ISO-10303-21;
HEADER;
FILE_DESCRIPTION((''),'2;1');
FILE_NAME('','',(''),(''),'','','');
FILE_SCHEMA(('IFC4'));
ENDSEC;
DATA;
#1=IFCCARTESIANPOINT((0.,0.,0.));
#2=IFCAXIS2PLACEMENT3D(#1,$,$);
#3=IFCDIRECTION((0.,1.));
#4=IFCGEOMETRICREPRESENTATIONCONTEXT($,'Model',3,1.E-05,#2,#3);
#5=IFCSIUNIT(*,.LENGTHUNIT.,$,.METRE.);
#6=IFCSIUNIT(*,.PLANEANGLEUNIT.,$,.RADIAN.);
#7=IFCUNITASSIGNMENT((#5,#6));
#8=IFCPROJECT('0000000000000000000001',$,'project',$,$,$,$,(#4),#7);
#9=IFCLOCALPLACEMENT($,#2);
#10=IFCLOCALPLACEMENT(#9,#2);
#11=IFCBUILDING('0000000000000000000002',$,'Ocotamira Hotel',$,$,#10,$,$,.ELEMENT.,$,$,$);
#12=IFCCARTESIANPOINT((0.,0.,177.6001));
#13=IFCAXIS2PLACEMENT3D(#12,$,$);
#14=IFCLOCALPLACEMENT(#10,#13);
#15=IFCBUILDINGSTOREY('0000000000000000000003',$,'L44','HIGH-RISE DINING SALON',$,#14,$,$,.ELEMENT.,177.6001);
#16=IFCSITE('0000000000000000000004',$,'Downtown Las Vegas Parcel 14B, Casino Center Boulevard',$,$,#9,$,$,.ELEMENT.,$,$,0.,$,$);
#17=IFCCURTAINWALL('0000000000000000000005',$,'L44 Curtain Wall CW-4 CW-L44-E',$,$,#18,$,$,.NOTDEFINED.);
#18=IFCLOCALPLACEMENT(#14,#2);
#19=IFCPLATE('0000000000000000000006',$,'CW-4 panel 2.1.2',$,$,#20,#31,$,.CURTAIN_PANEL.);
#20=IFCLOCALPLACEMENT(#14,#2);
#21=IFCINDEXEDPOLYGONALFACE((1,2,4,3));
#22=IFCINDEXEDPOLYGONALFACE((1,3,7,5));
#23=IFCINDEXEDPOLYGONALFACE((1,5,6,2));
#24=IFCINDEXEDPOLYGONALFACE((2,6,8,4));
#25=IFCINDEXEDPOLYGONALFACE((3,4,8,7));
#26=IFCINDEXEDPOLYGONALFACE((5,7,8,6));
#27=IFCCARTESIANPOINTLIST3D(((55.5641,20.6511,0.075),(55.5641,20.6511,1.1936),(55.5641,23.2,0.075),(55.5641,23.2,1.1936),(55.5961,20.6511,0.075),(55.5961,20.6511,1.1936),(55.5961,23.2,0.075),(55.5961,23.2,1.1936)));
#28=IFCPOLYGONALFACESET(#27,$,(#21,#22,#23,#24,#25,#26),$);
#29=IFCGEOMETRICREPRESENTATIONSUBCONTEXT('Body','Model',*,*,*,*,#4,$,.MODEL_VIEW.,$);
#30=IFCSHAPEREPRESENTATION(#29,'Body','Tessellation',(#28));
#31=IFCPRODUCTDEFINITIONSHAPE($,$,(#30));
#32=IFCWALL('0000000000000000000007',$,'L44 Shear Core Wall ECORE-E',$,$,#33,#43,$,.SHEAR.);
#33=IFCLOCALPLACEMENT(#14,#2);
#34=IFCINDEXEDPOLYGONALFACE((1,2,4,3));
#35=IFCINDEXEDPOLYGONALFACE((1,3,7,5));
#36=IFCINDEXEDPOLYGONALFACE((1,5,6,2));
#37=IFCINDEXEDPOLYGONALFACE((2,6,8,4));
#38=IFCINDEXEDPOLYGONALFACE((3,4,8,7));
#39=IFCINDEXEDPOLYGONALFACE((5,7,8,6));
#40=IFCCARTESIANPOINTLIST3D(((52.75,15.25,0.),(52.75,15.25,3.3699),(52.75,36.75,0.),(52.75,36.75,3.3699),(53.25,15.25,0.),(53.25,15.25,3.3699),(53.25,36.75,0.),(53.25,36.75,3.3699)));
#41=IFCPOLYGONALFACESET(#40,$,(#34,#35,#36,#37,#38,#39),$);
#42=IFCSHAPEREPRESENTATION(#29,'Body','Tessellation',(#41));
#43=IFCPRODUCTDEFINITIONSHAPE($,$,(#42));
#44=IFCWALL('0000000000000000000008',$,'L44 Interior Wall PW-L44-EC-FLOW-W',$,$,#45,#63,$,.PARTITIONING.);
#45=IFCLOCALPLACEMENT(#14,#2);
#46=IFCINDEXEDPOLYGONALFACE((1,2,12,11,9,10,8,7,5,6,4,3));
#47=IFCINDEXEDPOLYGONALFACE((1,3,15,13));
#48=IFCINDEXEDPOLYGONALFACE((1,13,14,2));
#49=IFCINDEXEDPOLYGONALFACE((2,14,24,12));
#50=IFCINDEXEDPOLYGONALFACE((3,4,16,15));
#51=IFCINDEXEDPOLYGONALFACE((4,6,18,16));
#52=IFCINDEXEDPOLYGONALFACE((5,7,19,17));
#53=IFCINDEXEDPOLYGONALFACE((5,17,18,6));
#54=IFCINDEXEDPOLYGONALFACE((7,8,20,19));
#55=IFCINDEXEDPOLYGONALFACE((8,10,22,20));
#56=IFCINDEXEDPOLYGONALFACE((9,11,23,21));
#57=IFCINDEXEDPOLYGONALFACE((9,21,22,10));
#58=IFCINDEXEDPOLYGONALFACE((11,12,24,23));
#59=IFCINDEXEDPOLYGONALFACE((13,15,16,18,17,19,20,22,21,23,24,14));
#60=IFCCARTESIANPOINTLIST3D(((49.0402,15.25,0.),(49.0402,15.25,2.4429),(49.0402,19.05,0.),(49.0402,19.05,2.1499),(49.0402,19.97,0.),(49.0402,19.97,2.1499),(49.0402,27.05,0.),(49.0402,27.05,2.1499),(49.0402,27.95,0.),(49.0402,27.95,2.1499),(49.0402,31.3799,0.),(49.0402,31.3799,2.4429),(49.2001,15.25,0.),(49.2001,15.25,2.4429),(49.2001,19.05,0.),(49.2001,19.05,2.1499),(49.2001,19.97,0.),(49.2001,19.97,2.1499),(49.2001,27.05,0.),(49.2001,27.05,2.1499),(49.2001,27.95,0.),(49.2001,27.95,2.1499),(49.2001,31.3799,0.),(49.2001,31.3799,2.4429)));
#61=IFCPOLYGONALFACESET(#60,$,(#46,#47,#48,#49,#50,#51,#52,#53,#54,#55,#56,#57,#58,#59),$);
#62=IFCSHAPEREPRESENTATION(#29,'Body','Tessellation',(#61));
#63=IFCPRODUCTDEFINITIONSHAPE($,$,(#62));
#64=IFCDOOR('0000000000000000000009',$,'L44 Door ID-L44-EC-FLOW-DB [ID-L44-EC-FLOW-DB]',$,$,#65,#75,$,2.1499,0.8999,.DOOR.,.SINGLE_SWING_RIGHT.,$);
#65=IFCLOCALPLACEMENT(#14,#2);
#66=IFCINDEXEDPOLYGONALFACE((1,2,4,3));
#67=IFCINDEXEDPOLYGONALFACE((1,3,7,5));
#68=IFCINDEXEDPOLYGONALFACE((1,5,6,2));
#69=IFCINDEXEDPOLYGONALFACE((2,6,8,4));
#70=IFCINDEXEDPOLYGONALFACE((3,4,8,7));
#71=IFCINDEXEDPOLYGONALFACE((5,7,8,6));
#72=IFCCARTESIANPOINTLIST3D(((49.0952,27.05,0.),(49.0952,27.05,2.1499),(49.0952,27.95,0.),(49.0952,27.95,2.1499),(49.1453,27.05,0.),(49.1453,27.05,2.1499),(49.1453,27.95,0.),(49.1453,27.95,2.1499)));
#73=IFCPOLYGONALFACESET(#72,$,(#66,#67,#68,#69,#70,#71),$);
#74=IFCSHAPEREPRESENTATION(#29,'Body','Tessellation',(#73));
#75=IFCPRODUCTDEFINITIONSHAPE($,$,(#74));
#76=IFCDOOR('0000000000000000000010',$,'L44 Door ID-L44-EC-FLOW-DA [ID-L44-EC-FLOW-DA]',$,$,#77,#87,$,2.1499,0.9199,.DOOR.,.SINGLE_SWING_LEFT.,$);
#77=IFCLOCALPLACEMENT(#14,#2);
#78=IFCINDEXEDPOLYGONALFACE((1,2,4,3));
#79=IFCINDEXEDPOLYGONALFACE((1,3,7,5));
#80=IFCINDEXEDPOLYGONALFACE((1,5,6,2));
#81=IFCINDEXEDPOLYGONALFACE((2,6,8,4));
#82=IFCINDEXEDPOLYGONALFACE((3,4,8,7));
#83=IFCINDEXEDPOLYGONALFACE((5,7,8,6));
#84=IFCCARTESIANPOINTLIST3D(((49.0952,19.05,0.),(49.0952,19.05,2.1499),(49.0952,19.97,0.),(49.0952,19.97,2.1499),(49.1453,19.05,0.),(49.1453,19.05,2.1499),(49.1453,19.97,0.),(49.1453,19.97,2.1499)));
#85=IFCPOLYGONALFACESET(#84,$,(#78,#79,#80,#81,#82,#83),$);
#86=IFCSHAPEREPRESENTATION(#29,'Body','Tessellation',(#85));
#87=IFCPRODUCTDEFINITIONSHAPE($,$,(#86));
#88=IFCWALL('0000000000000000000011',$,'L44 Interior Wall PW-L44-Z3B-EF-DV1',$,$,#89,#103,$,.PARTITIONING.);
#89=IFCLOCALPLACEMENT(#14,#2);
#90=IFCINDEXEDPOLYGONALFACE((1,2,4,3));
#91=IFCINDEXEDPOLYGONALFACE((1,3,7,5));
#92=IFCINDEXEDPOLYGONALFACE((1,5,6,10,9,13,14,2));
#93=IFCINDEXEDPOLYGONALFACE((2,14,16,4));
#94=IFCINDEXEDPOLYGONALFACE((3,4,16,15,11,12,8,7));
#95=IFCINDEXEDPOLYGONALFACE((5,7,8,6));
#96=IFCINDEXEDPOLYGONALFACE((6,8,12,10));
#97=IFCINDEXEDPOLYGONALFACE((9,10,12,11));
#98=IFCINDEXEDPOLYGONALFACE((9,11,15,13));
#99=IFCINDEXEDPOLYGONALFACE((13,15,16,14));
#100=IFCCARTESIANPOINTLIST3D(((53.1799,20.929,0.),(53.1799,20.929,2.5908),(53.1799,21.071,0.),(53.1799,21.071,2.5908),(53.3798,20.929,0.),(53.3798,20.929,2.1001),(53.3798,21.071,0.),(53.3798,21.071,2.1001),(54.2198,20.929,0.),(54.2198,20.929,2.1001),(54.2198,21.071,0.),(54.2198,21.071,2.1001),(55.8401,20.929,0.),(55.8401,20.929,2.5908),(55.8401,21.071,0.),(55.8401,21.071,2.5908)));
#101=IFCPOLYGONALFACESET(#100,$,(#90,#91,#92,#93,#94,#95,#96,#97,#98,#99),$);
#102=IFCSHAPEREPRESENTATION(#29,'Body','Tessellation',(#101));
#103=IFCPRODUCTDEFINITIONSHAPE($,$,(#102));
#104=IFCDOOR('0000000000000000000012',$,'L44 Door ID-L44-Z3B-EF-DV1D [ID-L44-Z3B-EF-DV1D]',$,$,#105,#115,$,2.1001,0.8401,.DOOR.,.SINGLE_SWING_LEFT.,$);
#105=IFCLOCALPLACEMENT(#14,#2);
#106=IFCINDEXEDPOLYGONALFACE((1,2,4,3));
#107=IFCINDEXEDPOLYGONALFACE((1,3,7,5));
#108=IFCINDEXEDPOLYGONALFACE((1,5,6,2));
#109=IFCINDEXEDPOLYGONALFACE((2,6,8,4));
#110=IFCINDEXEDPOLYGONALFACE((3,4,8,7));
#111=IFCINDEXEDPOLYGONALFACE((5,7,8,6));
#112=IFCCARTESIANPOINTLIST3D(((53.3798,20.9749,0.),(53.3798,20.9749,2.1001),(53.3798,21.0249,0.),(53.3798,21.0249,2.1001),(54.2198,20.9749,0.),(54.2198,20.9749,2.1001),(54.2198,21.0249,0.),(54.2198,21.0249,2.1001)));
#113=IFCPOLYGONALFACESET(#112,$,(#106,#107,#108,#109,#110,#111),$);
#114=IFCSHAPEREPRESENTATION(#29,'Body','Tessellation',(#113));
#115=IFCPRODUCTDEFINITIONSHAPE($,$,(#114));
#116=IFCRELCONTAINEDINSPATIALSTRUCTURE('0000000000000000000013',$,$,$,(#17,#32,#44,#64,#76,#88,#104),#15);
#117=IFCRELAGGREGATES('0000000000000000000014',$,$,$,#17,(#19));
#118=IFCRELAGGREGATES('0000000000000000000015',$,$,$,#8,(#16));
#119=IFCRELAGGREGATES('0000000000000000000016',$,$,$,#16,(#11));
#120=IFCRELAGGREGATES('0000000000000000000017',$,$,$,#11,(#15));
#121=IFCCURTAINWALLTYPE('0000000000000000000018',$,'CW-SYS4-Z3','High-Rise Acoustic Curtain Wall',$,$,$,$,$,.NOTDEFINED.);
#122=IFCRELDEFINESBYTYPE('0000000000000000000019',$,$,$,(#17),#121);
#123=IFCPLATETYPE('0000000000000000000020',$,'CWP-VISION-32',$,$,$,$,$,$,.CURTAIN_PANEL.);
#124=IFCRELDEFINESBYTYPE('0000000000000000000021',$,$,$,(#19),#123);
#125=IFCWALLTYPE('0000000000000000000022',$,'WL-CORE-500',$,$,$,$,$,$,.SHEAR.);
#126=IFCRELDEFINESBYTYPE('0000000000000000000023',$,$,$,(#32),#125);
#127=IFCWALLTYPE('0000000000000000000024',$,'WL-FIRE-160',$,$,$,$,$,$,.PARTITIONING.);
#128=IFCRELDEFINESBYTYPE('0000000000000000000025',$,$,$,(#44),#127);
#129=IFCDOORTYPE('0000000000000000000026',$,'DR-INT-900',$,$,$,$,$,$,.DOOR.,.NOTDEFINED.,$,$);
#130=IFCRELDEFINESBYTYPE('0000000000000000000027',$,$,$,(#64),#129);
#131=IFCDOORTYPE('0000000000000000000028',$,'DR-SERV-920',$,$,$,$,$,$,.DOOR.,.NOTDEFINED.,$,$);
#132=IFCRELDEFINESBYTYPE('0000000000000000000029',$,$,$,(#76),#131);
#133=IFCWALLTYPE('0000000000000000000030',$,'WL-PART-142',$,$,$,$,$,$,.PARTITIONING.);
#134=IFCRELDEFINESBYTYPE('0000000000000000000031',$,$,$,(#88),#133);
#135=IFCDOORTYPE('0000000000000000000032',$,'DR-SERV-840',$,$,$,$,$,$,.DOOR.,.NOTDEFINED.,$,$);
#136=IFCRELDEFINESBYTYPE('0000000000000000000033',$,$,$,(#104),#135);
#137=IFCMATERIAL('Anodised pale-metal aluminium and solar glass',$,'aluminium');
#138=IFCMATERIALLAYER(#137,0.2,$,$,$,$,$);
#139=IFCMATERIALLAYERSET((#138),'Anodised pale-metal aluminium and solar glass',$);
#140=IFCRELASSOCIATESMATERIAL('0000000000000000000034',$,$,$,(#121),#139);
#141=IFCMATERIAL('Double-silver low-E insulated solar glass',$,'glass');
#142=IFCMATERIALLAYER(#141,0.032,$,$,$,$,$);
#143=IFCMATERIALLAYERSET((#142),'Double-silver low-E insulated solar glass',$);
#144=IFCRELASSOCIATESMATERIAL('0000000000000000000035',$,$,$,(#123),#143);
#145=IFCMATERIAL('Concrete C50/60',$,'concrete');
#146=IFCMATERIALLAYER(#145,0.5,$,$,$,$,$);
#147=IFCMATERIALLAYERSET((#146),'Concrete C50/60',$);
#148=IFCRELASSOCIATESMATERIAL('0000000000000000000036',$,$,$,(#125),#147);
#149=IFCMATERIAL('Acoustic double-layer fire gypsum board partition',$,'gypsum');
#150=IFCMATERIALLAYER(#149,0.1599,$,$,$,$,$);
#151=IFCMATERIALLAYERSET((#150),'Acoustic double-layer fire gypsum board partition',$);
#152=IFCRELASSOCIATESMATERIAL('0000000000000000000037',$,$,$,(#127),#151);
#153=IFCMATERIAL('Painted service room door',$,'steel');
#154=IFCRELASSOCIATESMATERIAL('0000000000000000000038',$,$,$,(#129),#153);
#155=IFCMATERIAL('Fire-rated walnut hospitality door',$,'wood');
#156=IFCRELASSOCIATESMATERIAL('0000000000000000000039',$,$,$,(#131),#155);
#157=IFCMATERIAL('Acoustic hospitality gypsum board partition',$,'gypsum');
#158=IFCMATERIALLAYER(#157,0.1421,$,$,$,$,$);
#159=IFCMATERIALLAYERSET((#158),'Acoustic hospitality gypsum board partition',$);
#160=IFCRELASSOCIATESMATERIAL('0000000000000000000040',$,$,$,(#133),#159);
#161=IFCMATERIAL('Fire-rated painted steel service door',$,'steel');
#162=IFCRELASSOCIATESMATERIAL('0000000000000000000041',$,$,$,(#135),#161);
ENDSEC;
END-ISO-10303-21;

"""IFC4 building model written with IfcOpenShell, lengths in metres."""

from ifc_helpers import new_model, si_unit, direction, frame, frame_2d, origin, origin_2d, place, context, subcontext, project, spatial, rectangle, extrude, source, transform, mapped, material, layer, layer_set, type_object, element, fill, aggregate, save


model = new_model("IFC4")

# Units and contexts
model_context = context("Model", 3, precision=1e-05, world=origin(), true_north=direction((0.0, 1.0)))
body_context = subcontext(model_context, "Body", "Model", "MODEL_VIEW")
ifc_project = project(units=[si_unit("LENGTHUNIT", "METRE"), si_unit("PLANEANGLEUNIT", "RADIAN")], contexts=[model_context])

# Site, building, storey
site_placement = place(None, origin())
site = spatial("IfcSite", under=ifc_project, at=site_placement, Name="Downtown Las Vegas Parcel 14B, Casino Center Boulevard", CompositionType="ELEMENT", RefElevation=0.0)
building_placement = place(site_placement, origin())
building = spatial("IfcBuilding", under=site, at=building_placement, Name="Ocotamira Hotel", CompositionType="ELEMENT")
storey_placement = place(building_placement, frame((0.0, 0.0, 177.6001)))
storey = spatial("IfcBuildingStorey", under=building, at=storey_placement, Name="L44", Description="HIGH-RISE DINING SALON", CompositionType="ELEMENT", Elevation=177.6001)

# Curtain wall, plate
ifc_material_1 = material(Name="Anodised pale-metal aluminium and solar glass", Category="aluminium")
ifc_layer_1 = layer(ifc_material_1, 0.2)
ifc_layer_set_1 = layer_set([ifc_layer_1], Name="Anodised pale-metal aluminium and solar glass")
curtain_wall_type = type_object("IfcCurtainWallType", Name="CW-SYS4-Z3", Description="High-Rise Acoustic Curtain Wall", PredefinedType="NOTDEFINED", material=ifc_layer_set_1)
curtain_wall_placement = place(storey_placement, origin())
curtain_wall = element("IfcCurtainWall", 1, at=curtain_wall_placement, inside=storey, type_object=curtain_wall_type, Name="L44 Curtain Wall CW-4 CW-L44-E", PredefinedType="NOTDEFINED")
ifc_material_2 = material(Name="Double-silver low-E insulated solar glass", Category="glass")
ifc_layer_2 = layer(ifc_material_2, 0.032)
ifc_layer_set_2 = layer_set([ifc_layer_2], Name="Double-silver low-E insulated solar glass")
plate_type = type_object("IfcPlateType", Name="CWP-VISION-32", PredefinedType="CURTAIN_PANEL", material=ifc_layer_set_2)
shared_shape_1 = source(origin(), body_context, "Body", "SweptSolid", [
    extrude(rectangle(XDim=2.5488, YDim=0.032, at=origin_2d()), origin(), (0.0, 0.0, 1.0), 1.1187),
])
plate_1_placement = place(storey_placement, frame((55.5801, 21.9255, 0.075), z_axis=(0.0, 0.0, 1.0), x_axis=(0.0, 1.0, 0.0)))
plate_1 = element("IfcPlate", 2, at=plate_1_placement, type_object=plate_type, Name="CW-4 panel 2.1.2", PredefinedType="CURTAIN_PANEL", context=body_context, shape_type="MappedRepresentation", body=[
    mapped(shared_shape_1, transform((0.0, 0.0, 0.0), scale=1.0)),
])
aggregate(curtain_wall, [plate_1])

# Wall
ifc_material_3 = material(Name="Concrete C50/60", Category="concrete")
ifc_layer_3 = layer(ifc_material_3, 0.5)
ifc_layer_set_3 = layer_set([ifc_layer_3], Name="Concrete C50/60")
wall_type_1 = type_object("IfcWallType", Name="WL-CORE-500", PredefinedType="SHEAR", material=ifc_layer_set_3)
wall_1_placement = place(storey_placement, frame((53.0, 15.25, 0.0), z_axis=(0.0, 0.0, 1.0), x_axis=(0.0, 1.0, 0.0)))
element("IfcWall", 3, at=wall_1_placement, inside=storey, type_object=wall_type_1, Name="L44 Shear Core Wall ECORE-E", PredefinedType="SHEAR", context=body_context, shape_type="SweptSolid", body=[
    extrude(rectangle(XDim=21.5, YDim=0.5, at=frame_2d((10.75, 0.0))), origin(), (0.0, 0.0, 1.0), 3.3699),
])

# Wall, openings, doors
ifc_material_4 = material(Name="Acoustic double-layer fire gypsum board partition", Category="gypsum")
ifc_layer_4 = layer(ifc_material_4, 0.1599)
ifc_layer_set_4 = layer_set([ifc_layer_4], Name="Acoustic double-layer fire gypsum board partition")
wall_type_2 = type_object("IfcWallType", Name="WL-FIRE-160", PredefinedType="PARTITIONING", material=ifc_layer_set_4)
wall_2_placement = place(storey_placement, frame((49.1201, 15.25, 0.0), z_axis=(0.0, 0.0, 1.0), x_axis=(0.0, 1.0, 0.0)))
wall_2 = element("IfcWall", 4, at=wall_2_placement, inside=storey, type_object=wall_type_2, Name="L44 Interior Wall PW-L44-EC-FLOW-W", PredefinedType="PARTITIONING", context=body_context, shape_type="SweptSolid", body=[
    extrude(rectangle(XDim=16.1299, YDim=0.1599, at=frame_2d((8.0649, 0.0))), origin(), (0.0, 0.0, 1.0), 2.4429),
])
opening_1_placement = place(wall_2_placement, frame((3.8, 0.0, 0.0)))
opening_1 = element("IfcOpeningElement", 5, at=opening_1_placement, cuts=wall_2, PredefinedType="OPENING", context=body_context, shape_type="SweptSolid", body=[
    extrude(rectangle(XDim=0.9199, YDim=2.1499, at=frame_2d((0.46, 1.075))), frame((0.0, 0.0898, 0.0), z_axis=(0.0, -1.0, 0.0), x_axis=(1.0, 0.0, 0.0)), (0.0, 0.0, 1.0), 0.1799),
])
opening_2_placement = place(wall_2_placement, frame((11.8, 0.0, 0.0)))
opening_2 = element("IfcOpeningElement", 6, at=opening_2_placement, cuts=wall_2, PredefinedType="OPENING", context=body_context, shape_type="SweptSolid", body=[
    extrude(rectangle(XDim=0.8999, YDim=2.1499, at=frame_2d((0.45, 1.075))), frame((0.0, 0.0898, 0.0), z_axis=(0.0, -1.0, 0.0), x_axis=(1.0, 0.0, 0.0)), (0.0, 0.0, 1.0), 0.1799),
])
ifc_material_5 = material(Name="Painted service room door", Category="steel")
door_type_1 = type_object("IfcDoorType", Name="DR-INT-900", OperationType="NOTDEFINED", PredefinedType="DOOR", material=ifc_material_5)
shared_shape_2 = source(origin(), body_context, "Body", "SweptSolid", [
    extrude(rectangle(XDim=0.8999, YDim=2.1499, at=frame_2d((0.45, 1.075))), frame((0.0, 0.0249, 0.0), z_axis=(0.0, -1.0, 0.0), x_axis=(1.0, 0.0, 0.0)), (0.0, 0.0, 1.0), 0.05),
])
door_1_placement = place(opening_2_placement, origin())
door_1 = element("IfcDoor", 7, at=door_1_placement, inside=storey, type_object=door_type_1, Name="L44 Door ID-L44-EC-FLOW-DB [ID-L44-EC-FLOW-DB]", OperationType="SINGLE_SWING_RIGHT", OverallHeight=2.1499, OverallWidth=0.8999, PredefinedType="DOOR", context=body_context, shape_type="MappedRepresentation", body=[
    mapped(shared_shape_2, transform((0.0, 0.0, 0.0), scale=1.0)),
])
fill(opening_2, door_1)
ifc_material_6 = material(Name="Fire-rated walnut hospitality door", Category="wood")
door_type_2 = type_object("IfcDoorType", Name="DR-SERV-920", OperationType="NOTDEFINED", PredefinedType="DOOR", material=ifc_material_6)
shared_shape_3 = source(origin(), body_context, "Body", "SweptSolid", [
    extrude(rectangle(XDim=0.9199, YDim=2.1499, at=frame_2d((0.46, 1.075))), frame((0.0, 0.0249, 0.0), z_axis=(0.0, -1.0, 0.0), x_axis=(1.0, 0.0, 0.0)), (0.0, 0.0, 1.0), 0.05),
])
door_2_placement = place(opening_1_placement, origin())
door_2 = element("IfcDoor", 8, at=door_2_placement, inside=storey, type_object=door_type_2, Name="L44 Door ID-L44-EC-FLOW-DA [ID-L44-EC-FLOW-DA]", OperationType="SINGLE_SWING_LEFT", OverallHeight=2.1499, OverallWidth=0.9199, PredefinedType="DOOR", context=body_context, shape_type="MappedRepresentation", body=[
    mapped(shared_shape_3, transform((0.0, 0.0, 0.0), scale=1.0)),
])
fill(opening_1, door_2)

# Wall, opening, door
ifc_material_7 = material(Name="Acoustic hospitality gypsum board partition", Category="gypsum")
ifc_layer_5 = layer(ifc_material_7, 0.1421)
ifc_layer_set_5 = layer_set([ifc_layer_5], Name="Acoustic hospitality gypsum board partition")
wall_type_3 = type_object("IfcWallType", Name="WL-PART-142", PredefinedType="PARTITIONING", material=ifc_layer_set_5)
wall_3_placement = place(storey_placement, frame((53.1799, 21.0, 0.0), z_axis=(0.0, 0.0, 1.0), x_axis=(1.0, 0.0, 0.0)))
wall_3 = element("IfcWall", 9, at=wall_3_placement, inside=storey, type_object=wall_type_3, Name="L44 Interior Wall PW-L44-Z3B-EF-DV1", PredefinedType="PARTITIONING", context=body_context, shape_type="SweptSolid", body=[
    extrude(rectangle(XDim=2.6602, YDim=0.1421, at=frame_2d((1.3301, 0.0))), origin(), (0.0, 0.0, 1.0), 2.5908),
])
opening_3_placement = place(wall_3_placement, frame((0.2, 0.0, 0.0)))
opening_3 = element("IfcOpeningElement", 10, at=opening_3_placement, cuts=wall_3, PredefinedType="OPENING", context=body_context, shape_type="SweptSolid", body=[
    extrude(rectangle(XDim=0.8401, YDim=2.1001, at=frame_2d((0.4199, 1.05))), frame((0.0, 0.0811, 0.0), z_axis=(0.0, -1.0, 0.0), x_axis=(1.0, 0.0, 0.0)), (0.0, 0.0, 1.0), 0.1621),
])
ifc_material_8 = material(Name="Fire-rated painted steel service door", Category="steel")
door_type_3 = type_object("IfcDoorType", Name="DR-SERV-840", OperationType="NOTDEFINED", PredefinedType="DOOR", material=ifc_material_8)
shared_shape_4 = source(origin(), body_context, "Body", "SweptSolid", [
    extrude(rectangle(XDim=0.8401, YDim=2.1001, at=frame_2d((0.4199, 1.05))), frame((0.0, 0.0249, 0.0), z_axis=(0.0, -1.0, 0.0), x_axis=(1.0, 0.0, 0.0)), (0.0, 0.0, 1.0), 0.05),
])
door_3_placement = place(opening_3_placement, origin())
door_3 = element("IfcDoor", 11, at=door_3_placement, inside=storey, type_object=door_type_3, Name="L44 Door ID-L44-Z3B-EF-DV1D [ID-L44-Z3B-EF-DV1D]", OperationType="SINGLE_SWING_LEFT", OverallHeight=2.1001, OverallWidth=0.8401, PredefinedType="DOOR", context=body_context, shape_type="MappedRepresentation", body=[
    mapped(shared_shape_4, transform((0.0, 0.0, 0.0), scale=1.0)),
])
fill(opening_3, door_3)

save(model, "model.ifc")
